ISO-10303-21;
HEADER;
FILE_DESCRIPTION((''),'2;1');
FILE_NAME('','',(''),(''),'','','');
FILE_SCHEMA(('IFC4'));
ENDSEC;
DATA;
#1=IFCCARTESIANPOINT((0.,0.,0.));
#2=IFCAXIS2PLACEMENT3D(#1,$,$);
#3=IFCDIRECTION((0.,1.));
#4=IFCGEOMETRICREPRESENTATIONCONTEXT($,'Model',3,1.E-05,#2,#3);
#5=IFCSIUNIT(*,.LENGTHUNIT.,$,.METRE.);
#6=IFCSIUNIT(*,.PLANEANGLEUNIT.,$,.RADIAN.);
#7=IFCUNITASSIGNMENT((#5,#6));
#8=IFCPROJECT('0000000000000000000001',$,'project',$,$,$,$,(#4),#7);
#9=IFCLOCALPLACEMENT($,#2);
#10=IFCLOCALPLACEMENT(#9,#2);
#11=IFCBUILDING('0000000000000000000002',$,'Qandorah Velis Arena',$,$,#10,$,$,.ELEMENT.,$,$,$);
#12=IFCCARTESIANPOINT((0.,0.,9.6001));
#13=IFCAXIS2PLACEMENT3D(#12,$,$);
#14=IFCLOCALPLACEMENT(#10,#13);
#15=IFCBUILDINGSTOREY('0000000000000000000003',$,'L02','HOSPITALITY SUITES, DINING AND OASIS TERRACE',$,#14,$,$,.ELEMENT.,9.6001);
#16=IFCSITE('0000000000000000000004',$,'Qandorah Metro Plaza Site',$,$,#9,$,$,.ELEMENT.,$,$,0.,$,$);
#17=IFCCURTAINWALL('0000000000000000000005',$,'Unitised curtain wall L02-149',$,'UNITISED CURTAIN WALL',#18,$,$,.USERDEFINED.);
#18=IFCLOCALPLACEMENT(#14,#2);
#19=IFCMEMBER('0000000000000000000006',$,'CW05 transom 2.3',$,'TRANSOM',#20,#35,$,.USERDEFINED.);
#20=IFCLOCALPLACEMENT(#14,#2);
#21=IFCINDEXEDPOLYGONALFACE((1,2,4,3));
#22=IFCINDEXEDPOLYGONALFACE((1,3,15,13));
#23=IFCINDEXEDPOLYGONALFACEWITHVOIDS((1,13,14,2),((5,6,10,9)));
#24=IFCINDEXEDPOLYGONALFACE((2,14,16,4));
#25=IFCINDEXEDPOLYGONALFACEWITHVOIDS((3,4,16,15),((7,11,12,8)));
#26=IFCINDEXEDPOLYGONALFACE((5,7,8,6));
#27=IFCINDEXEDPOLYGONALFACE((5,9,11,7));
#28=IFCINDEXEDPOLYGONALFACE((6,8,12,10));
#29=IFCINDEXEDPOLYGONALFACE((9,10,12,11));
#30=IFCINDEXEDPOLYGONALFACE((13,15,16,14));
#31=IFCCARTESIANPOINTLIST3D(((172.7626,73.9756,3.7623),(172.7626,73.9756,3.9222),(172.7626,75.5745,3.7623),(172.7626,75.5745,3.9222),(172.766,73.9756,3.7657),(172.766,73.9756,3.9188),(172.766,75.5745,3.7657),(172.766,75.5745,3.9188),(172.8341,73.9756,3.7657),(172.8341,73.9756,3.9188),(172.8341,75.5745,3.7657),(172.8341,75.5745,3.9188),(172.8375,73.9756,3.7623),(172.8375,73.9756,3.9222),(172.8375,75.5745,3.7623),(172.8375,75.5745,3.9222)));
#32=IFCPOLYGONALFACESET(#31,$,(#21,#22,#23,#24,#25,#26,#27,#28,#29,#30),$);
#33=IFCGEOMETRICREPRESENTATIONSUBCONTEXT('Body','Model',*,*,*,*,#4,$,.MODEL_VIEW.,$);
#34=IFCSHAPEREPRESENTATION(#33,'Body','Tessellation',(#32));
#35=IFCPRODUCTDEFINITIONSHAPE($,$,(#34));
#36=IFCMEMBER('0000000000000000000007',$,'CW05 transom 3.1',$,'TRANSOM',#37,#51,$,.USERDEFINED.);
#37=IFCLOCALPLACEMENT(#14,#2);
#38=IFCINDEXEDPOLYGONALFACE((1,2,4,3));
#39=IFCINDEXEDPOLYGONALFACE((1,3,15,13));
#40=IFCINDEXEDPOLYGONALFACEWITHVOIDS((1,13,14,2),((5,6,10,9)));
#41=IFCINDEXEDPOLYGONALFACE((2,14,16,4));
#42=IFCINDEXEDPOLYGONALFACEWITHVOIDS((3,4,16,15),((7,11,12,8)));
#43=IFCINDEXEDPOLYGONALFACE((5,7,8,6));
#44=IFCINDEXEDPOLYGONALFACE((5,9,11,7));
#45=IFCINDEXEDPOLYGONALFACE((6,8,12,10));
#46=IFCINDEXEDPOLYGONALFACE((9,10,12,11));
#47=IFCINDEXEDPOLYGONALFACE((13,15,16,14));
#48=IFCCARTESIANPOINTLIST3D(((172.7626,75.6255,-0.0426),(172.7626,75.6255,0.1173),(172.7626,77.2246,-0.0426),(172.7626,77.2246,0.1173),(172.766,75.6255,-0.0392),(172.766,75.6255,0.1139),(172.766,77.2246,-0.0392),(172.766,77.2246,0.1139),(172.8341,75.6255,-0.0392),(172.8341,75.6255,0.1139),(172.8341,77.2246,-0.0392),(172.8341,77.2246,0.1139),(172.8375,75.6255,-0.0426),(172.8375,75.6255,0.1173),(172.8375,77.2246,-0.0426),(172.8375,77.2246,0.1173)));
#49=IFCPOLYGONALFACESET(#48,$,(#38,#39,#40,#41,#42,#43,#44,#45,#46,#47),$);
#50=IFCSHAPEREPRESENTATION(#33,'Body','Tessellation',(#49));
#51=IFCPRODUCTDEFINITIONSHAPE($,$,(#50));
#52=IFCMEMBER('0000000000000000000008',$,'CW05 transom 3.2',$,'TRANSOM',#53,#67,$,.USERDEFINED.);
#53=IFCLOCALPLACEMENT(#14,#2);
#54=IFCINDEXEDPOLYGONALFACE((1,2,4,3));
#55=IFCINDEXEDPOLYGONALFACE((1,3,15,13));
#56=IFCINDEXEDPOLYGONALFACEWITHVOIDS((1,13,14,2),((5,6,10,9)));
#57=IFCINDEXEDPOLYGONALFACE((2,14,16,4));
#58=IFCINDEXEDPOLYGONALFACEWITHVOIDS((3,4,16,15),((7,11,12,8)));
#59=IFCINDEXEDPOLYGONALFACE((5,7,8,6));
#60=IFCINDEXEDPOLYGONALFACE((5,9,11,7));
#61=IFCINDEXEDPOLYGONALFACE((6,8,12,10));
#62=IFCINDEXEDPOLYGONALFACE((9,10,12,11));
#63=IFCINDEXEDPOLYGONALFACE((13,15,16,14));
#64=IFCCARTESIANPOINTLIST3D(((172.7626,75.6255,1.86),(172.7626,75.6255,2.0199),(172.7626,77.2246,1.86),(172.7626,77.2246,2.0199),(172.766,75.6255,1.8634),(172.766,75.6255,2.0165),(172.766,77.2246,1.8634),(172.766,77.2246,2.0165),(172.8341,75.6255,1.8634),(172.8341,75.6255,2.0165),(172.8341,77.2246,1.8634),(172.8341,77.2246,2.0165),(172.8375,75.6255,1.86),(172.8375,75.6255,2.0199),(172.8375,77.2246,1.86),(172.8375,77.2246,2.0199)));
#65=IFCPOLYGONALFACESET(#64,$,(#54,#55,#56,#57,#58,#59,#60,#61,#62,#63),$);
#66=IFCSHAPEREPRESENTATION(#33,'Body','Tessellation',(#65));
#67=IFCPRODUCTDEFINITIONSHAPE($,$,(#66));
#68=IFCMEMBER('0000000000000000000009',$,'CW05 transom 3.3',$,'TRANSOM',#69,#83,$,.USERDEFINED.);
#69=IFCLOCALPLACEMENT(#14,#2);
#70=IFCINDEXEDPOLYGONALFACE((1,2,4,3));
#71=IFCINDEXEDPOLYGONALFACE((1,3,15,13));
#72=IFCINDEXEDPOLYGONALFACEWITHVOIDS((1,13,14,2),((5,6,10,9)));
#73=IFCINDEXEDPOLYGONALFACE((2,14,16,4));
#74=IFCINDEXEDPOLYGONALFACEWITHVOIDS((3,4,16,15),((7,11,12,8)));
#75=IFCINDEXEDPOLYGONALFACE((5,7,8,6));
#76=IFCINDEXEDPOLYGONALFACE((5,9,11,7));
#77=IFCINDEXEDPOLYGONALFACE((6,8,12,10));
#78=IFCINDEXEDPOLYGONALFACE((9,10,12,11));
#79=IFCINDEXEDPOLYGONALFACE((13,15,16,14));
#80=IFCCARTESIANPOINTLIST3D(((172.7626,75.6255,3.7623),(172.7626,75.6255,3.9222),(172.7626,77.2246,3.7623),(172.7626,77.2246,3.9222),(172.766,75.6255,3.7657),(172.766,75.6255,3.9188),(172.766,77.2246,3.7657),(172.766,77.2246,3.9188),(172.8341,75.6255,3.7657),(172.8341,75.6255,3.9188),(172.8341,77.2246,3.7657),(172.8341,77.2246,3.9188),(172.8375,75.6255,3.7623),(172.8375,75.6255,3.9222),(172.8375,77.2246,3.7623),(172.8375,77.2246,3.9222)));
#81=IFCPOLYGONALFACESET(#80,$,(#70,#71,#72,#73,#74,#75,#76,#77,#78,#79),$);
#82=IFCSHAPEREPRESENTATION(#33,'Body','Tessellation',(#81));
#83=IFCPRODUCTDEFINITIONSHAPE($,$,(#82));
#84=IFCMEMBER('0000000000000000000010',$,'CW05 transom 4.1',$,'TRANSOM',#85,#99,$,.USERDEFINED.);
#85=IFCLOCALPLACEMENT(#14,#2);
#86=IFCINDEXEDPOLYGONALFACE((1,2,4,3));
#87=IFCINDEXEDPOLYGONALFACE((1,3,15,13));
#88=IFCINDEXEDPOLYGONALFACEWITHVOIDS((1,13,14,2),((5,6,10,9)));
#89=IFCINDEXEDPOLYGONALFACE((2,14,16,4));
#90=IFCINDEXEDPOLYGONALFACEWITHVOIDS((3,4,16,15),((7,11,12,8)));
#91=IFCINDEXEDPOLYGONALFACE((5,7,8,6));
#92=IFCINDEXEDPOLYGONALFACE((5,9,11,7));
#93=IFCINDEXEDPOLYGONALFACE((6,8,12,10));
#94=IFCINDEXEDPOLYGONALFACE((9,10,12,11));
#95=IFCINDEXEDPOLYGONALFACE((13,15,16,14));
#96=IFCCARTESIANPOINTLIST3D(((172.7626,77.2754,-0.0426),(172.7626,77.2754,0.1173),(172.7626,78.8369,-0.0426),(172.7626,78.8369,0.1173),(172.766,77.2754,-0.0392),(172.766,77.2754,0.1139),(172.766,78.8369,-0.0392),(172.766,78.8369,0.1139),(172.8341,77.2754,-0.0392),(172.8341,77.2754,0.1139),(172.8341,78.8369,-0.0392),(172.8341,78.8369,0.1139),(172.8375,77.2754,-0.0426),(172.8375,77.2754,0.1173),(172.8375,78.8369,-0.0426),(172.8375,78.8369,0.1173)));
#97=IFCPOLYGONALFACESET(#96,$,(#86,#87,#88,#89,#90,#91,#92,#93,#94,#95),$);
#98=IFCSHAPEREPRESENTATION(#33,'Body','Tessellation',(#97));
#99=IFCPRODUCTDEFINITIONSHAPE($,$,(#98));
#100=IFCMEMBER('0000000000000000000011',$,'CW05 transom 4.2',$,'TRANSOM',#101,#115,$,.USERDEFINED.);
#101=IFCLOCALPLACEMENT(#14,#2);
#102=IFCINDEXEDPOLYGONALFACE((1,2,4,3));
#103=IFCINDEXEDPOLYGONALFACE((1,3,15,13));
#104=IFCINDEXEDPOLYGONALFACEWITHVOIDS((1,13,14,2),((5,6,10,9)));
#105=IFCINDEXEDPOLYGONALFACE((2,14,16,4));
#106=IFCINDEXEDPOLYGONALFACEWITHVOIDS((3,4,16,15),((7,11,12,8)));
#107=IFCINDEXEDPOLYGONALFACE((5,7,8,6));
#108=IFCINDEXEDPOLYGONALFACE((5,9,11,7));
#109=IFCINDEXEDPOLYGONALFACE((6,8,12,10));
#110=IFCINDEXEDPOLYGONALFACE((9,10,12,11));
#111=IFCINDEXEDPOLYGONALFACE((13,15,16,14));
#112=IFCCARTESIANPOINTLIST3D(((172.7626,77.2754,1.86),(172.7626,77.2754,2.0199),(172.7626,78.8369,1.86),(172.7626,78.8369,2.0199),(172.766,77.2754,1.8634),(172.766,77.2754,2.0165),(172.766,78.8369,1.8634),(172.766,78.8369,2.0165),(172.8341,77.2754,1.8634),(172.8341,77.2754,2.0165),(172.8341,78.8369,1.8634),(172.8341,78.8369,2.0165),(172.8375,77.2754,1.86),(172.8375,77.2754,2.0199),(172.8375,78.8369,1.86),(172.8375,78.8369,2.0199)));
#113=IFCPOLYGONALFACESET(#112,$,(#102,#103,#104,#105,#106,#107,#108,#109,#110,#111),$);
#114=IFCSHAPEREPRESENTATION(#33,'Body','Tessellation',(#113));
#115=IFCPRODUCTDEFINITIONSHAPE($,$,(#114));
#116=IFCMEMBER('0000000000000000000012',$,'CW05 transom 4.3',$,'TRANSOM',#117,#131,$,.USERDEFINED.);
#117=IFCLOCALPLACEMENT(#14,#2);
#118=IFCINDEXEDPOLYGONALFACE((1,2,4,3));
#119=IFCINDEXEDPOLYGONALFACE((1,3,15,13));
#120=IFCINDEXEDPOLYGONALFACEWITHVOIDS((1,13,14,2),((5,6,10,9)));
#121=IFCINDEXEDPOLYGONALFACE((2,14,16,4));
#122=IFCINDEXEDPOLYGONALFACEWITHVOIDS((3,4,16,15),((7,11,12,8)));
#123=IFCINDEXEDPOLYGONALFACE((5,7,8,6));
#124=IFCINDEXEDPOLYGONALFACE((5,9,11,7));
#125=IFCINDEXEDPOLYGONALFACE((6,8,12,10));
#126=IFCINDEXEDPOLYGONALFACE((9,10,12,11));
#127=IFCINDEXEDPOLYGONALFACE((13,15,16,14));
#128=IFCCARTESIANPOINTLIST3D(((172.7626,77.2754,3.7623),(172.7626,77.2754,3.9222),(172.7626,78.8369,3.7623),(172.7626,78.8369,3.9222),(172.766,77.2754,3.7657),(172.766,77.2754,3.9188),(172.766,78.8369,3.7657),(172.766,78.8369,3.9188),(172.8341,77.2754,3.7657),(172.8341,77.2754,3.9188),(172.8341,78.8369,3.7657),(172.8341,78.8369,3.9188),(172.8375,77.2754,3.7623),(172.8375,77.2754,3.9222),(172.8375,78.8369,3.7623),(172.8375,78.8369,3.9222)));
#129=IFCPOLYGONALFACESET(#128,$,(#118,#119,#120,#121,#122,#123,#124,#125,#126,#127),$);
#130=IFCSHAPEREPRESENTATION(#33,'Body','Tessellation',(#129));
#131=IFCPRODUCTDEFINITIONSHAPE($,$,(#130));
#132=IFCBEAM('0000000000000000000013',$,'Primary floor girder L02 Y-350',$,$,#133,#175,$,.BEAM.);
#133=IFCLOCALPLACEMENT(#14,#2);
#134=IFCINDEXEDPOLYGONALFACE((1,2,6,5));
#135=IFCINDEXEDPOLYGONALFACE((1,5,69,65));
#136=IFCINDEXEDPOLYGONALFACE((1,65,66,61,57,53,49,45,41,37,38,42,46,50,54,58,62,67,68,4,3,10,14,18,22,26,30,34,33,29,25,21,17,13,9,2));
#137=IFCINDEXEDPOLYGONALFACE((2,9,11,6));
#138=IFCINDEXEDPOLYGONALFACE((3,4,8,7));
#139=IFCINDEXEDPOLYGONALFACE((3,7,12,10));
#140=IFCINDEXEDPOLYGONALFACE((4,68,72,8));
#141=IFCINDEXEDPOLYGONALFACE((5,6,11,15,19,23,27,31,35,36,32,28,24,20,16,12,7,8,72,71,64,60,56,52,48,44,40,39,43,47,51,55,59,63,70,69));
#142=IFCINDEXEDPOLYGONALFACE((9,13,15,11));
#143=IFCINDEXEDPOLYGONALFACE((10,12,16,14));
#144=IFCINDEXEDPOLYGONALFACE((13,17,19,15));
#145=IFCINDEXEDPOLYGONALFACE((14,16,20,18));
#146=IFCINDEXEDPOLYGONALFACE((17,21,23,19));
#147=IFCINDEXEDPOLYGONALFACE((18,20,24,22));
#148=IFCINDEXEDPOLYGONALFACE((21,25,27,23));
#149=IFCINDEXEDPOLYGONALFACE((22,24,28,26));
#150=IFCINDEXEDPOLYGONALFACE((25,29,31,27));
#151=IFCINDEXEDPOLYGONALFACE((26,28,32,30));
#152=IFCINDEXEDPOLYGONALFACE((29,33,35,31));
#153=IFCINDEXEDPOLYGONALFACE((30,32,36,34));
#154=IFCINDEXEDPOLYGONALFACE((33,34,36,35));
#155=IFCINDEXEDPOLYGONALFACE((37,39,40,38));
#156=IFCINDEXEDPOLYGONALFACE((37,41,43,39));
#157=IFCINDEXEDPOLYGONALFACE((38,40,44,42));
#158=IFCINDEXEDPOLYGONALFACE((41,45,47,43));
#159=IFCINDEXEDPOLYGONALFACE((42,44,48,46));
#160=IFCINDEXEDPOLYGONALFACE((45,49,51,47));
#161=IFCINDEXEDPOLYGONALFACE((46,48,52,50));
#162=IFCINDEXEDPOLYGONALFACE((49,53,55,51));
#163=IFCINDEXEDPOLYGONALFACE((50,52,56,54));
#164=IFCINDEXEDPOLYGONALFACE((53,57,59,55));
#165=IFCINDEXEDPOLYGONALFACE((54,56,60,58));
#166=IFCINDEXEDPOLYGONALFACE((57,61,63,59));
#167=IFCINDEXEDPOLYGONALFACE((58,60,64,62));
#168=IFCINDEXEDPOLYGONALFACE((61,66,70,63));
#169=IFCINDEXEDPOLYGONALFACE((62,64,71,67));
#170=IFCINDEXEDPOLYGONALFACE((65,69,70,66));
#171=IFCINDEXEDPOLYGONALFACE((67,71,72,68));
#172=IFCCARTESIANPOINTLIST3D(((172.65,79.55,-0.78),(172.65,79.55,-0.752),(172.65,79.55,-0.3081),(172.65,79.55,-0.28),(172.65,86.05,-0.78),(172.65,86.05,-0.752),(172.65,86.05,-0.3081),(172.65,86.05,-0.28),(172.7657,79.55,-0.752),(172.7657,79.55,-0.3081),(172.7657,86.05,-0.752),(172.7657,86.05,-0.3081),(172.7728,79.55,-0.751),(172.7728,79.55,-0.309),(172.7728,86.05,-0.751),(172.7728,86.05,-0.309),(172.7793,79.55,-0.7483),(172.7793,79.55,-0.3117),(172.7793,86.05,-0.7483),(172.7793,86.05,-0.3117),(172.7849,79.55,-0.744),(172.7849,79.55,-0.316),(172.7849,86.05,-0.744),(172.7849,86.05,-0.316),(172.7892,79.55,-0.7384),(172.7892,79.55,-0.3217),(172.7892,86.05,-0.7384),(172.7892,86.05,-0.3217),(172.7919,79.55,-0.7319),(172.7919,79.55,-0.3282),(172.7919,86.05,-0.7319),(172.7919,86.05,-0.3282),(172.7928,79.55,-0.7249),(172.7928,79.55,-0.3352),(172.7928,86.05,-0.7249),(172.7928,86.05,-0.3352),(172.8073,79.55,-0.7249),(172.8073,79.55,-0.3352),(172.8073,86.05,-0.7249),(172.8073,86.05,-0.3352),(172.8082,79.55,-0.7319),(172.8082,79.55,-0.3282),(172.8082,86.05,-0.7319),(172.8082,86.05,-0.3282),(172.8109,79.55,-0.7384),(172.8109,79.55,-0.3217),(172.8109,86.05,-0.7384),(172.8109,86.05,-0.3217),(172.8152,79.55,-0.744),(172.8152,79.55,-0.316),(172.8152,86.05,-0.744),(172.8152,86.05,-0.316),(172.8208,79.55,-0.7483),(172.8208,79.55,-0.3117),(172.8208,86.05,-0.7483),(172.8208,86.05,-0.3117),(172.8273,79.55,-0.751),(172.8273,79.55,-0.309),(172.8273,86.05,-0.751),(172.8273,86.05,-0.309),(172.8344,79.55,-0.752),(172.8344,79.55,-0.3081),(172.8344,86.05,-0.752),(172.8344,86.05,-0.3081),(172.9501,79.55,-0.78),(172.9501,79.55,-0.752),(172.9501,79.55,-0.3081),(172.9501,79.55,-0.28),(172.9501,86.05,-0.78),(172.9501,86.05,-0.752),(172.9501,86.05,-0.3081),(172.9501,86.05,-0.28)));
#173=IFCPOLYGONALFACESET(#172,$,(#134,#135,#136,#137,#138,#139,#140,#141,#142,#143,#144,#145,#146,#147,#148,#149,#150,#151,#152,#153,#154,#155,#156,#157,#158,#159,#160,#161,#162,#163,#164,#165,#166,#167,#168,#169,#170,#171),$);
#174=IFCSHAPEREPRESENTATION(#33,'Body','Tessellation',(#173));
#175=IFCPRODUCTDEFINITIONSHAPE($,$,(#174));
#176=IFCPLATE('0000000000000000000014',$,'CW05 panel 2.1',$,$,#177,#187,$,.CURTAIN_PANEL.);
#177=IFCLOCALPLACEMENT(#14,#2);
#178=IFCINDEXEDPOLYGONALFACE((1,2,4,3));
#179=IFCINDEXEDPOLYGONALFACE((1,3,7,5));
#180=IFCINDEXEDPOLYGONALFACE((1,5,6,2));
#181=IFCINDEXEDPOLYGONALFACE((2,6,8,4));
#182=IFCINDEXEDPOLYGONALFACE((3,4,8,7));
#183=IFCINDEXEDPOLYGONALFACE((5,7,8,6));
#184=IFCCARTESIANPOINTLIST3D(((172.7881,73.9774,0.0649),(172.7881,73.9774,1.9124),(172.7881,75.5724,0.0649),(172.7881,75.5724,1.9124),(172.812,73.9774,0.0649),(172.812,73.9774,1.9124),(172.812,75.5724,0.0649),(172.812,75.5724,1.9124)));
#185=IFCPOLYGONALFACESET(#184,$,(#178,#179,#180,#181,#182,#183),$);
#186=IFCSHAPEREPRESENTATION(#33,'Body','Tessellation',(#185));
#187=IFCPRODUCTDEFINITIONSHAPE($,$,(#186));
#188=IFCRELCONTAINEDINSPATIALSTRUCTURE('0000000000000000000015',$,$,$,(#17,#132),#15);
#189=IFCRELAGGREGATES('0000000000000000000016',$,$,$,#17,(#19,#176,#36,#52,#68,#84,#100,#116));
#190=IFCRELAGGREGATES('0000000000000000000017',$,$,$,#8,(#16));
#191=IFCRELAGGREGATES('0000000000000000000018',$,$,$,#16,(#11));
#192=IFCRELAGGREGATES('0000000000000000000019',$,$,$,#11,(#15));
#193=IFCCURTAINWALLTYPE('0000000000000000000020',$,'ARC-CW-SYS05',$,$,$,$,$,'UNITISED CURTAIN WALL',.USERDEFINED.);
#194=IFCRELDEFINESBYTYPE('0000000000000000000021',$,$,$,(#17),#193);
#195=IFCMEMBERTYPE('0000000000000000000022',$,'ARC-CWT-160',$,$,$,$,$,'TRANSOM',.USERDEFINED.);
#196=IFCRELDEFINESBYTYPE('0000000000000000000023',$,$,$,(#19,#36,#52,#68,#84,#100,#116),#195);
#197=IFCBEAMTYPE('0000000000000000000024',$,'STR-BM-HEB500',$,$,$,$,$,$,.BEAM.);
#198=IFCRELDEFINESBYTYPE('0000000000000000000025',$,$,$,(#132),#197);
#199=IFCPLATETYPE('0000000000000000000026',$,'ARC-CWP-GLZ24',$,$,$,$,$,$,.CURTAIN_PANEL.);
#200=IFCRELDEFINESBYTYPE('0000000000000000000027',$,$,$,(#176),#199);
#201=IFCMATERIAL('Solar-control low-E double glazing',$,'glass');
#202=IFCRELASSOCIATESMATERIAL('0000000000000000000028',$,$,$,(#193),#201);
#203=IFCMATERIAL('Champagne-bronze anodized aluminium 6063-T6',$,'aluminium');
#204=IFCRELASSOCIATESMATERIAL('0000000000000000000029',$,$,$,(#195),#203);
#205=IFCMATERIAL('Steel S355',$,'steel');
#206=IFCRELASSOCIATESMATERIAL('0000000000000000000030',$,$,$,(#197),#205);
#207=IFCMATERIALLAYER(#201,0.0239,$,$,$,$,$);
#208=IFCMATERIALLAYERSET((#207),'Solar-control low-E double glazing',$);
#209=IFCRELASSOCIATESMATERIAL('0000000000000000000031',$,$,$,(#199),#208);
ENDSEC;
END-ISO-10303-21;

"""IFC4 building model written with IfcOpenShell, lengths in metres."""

from ifc_helpers import new_model, si_unit, direction, frame, origin, origin_2d, place, context, subcontext, project, spatial, rectangle, hollow_rectangle, i_section, extrude, material, layer, layer_set, material_profile, profile_set, type_object, element, aggregate, save


model = new_model("IFC4")

# Units and contexts
model_context = context("Model", 3, precision=1e-05, world=origin(), true_north=direction((0.0, 1.0)))
body_context = subcontext(model_context, "Body", "Model", "MODEL_VIEW")
ifc_project = project(units=[si_unit("LENGTHUNIT", "METRE"), si_unit("PLANEANGLEUNIT", "RADIAN")], contexts=[model_context])

# Site, building, storey
site_placement = place(None, origin())
site = spatial("IfcSite", under=ifc_project, at=site_placement, Name="Qandorah Metro Plaza Site", CompositionType="ELEMENT", RefElevation=0.0)
building_placement = place(site_placement, origin())
building = spatial("IfcBuilding", under=site, at=building_placement, Name="Qandorah Velis Arena", CompositionType="ELEMENT")
storey_placement = place(building_placement, frame((0.0, 0.0, 9.6001)))
storey = spatial("IfcBuildingStorey", under=building, at=storey_placement, Name="L02", Description="HOSPITALITY SUITES, DINING AND OASIS TERRACE", CompositionType="ELEMENT", Elevation=9.6001)

# Shared definitions
ifc_material_1 = material(Name="Solar-control low-E double glazing", Category="glass")
ifc_material_2 = material(Name="Champagne-bronze anodized aluminium 6063-T6", Category="aluminium")

# Curtain wall
curtain_wall_type_1 = type_object("IfcCurtainWallType", Name="ARC-CW-SYS05", ElementType="UNITISED CURTAIN WALL", PredefinedType="USERDEFINED", material=ifc_material_1)
curtain_wall_1_placement = place(storey_placement, origin())
curtain_wall_1 = element("IfcCurtainWall", 1, at=curtain_wall_1_placement, inside=storey, type_object=curtain_wall_type_1, Name="Unitised curtain wall L02-149", ObjectType="UNITISED CURTAIN WALL", PredefinedType="USERDEFINED")

# Members
ifc_material_profile_1 = material_profile(ifc_material_2, hollow_rectangle(XDim=0.075, YDim=0.1599, WallThickness=0.0034, at=origin_2d()), Name="ALU TRANSOM 75x160")
ifc_profile_set_1 = profile_set([ifc_material_profile_1], Name="Champagne-bronze anodized aluminium 6063-T6")
member_type_1 = type_object("IfcMemberType", Name="ARC-CWT-160", ElementType="TRANSOM", PredefinedType="USERDEFINED", material=ifc_profile_set_1)
member_1_placement = place(storey_placement, frame((172.8, 73.9756, 3.8423), z_axis=(0.0, 1.0, 0.0), x_axis=(-1.0, 0.0, 0.0)))
member_1 = element("IfcMember", 2, at=member_1_placement, type_object=member_type_1, Name="CW05 transom 2.3", ObjectType="TRANSOM", PredefinedType="USERDEFINED", context=body_context, shape_type="SweptSolid", body=[
    extrude(hollow_rectangle(XDim=0.075, YDim=0.1599, WallThickness=0.0034, at=origin_2d()), origin(), (0.0, 0.0, 1.0), 1.5989),
])
member_2_placement = place(storey_placement, frame((172.8, 75.6255, 0.0374), z_axis=(0.0, 1.0, 0.0), x_axis=(-1.0, 0.0, 0.0)))
member_2 = element("IfcMember", 3, at=member_2_placement, type_object=member_type_1, Name="CW05 transom 3.1", ObjectType="TRANSOM", PredefinedType="USERDEFINED", context=body_context, shape_type="SweptSolid", body=[
    extrude(hollow_rectangle(XDim=0.075, YDim=0.1599, WallThickness=0.0034, at=origin_2d()), origin(), (0.0, 0.0, 1.0), 1.5991),
])
member_3_placement = place(storey_placement, frame((172.8, 75.6255, 1.9399), z_axis=(0.0, 1.0, 0.0), x_axis=(-1.0, 0.0, 0.0)))
member_3 = element("IfcMember", 4, at=member_3_placement, type_object=member_type_1, Name="CW05 transom 3.2", ObjectType="TRANSOM", PredefinedType="USERDEFINED", context=body_context, shape_type="SweptSolid", body=[
    extrude(hollow_rectangle(XDim=0.075, YDim=0.1599, WallThickness=0.0034, at=origin_2d()), origin(), (0.0, 0.0, 1.0), 1.5991),
])
member_4_placement = place(storey_placement, frame((172.8, 75.6255, 3.8423), z_axis=(0.0, 1.0, 0.0), x_axis=(-1.0, 0.0, 0.0)))
member_4 = element("IfcMember", 5, at=member_4_placement, type_object=member_type_1, Name="CW05 transom 3.3", ObjectType="TRANSOM", PredefinedType="USERDEFINED", context=body_context, shape_type="SweptSolid", body=[
    extrude(hollow_rectangle(XDim=0.075, YDim=0.1599, WallThickness=0.0034, at=origin_2d()), origin(), (0.0, 0.0, 1.0), 1.5991),
])
member_5_placement = place(storey_placement, frame((172.8, 77.2754, 0.0374), z_axis=(0.0, 1.0, 0.0), x_axis=(-1.0, 0.0, 0.0)))
member_5 = element("IfcMember", 6, at=member_5_placement, type_object=member_type_1, Name="CW05 transom 4.1", ObjectType="TRANSOM", PredefinedType="USERDEFINED", context=body_context, shape_type="SweptSolid", body=[
    extrude(hollow_rectangle(XDim=0.075, YDim=0.1599, WallThickness=0.0034, at=origin_2d()), origin(), (0.0, 0.0, 1.0), 1.5615),
])
member_6_placement = place(storey_placement, frame((172.8, 77.2754, 1.9399), z_axis=(0.0, 1.0, 0.0), x_axis=(-1.0, 0.0, 0.0)))
member_6 = element("IfcMember", 7, at=member_6_placement, type_object=member_type_1, Name="CW05 transom 4.2", ObjectType="TRANSOM", PredefinedType="USERDEFINED", context=body_context, shape_type="SweptSolid", body=[
    extrude(hollow_rectangle(XDim=0.075, YDim=0.1599, WallThickness=0.0034, at=origin_2d()), origin(), (0.0, 0.0, 1.0), 1.5615),
])
member_7_placement = place(storey_placement, frame((172.8, 77.2754, 3.8423), z_axis=(0.0, 1.0, 0.0), x_axis=(-1.0, 0.0, 0.0)))
member_7 = element("IfcMember", 8, at=member_7_placement, type_object=member_type_1, Name="CW05 transom 4.3", ObjectType="TRANSOM", PredefinedType="USERDEFINED", context=body_context, shape_type="SweptSolid", body=[
    extrude(hollow_rectangle(XDim=0.075, YDim=0.1599, WallThickness=0.0034, at=origin_2d()), origin(), (0.0, 0.0, 1.0), 1.5615),
])

# Beam
ifc_material_3 = material(Name="Steel S355", Category="steel")
ifc_material_profile_2 = material_profile(ifc_material_3, i_section(OverallWidth=0.3, OverallDepth=0.5, WebThickness=0.0144, FlangeThickness=0.0281, FilletRadius=0.0271, at=origin_2d()), Name="HEB 500")
ifc_profile_set_2 = profile_set([ifc_material_profile_2], Name="Steel S355")
beam_type = type_object("IfcBeamType", Name="STR-BM-HEB500", PredefinedType="BEAM", material=ifc_profile_set_2)
beam_placement = place(storey_placement, frame((172.8, 79.55, -0.53), z_axis=(0.0, 1.0, 0.0), x_axis=(-1.0, 0.0, 0.0)))
element("IfcBeam", 9, at=beam_placement, inside=storey, type_object=beam_type, Name="Primary floor girder L02 Y-350", PredefinedType="BEAM", context=body_context, shape_type="SweptSolid", body=[
    extrude(i_section(OverallWidth=0.3, OverallDepth=0.5, WebThickness=0.0144, FlangeThickness=0.0281, FilletRadius=0.0271, at=origin_2d()), origin(), (0.0, 0.0, 1.0), 6.5),
])

# Plate
ifc_layer_1 = layer(ifc_material_1, 0.0239)
ifc_layer_set_1 = layer_set([ifc_layer_1], Name="Solar-control low-E double glazing")
plate_type = type_object("IfcPlateType", Name="ARC-CWP-GLZ24", PredefinedType="CURTAIN_PANEL", material=ifc_layer_set_1)
plate_1_placement = place(storey_placement, frame((172.8, 74.7749, 0.0649), z_axis=(0.0, 0.0, 1.0), x_axis=(0.0, 1.0, 0.0)))
plate_1 = element("IfcPlate", 10, at=plate_1_placement, type_object=plate_type, Name="CW05 panel 2.1", PredefinedType="CURTAIN_PANEL", context=body_context, shape_type="SweptSolid", body=[
    extrude(rectangle(XDim=1.595, YDim=0.0239, at=origin_2d()), origin(), (0.0, 0.0, 1.0), 1.8474),
])
aggregate(curtain_wall_1, [member_1, plate_1, member_2, member_3, member_4, member_5, member_6, member_7])

save(model, "model.ifc")
